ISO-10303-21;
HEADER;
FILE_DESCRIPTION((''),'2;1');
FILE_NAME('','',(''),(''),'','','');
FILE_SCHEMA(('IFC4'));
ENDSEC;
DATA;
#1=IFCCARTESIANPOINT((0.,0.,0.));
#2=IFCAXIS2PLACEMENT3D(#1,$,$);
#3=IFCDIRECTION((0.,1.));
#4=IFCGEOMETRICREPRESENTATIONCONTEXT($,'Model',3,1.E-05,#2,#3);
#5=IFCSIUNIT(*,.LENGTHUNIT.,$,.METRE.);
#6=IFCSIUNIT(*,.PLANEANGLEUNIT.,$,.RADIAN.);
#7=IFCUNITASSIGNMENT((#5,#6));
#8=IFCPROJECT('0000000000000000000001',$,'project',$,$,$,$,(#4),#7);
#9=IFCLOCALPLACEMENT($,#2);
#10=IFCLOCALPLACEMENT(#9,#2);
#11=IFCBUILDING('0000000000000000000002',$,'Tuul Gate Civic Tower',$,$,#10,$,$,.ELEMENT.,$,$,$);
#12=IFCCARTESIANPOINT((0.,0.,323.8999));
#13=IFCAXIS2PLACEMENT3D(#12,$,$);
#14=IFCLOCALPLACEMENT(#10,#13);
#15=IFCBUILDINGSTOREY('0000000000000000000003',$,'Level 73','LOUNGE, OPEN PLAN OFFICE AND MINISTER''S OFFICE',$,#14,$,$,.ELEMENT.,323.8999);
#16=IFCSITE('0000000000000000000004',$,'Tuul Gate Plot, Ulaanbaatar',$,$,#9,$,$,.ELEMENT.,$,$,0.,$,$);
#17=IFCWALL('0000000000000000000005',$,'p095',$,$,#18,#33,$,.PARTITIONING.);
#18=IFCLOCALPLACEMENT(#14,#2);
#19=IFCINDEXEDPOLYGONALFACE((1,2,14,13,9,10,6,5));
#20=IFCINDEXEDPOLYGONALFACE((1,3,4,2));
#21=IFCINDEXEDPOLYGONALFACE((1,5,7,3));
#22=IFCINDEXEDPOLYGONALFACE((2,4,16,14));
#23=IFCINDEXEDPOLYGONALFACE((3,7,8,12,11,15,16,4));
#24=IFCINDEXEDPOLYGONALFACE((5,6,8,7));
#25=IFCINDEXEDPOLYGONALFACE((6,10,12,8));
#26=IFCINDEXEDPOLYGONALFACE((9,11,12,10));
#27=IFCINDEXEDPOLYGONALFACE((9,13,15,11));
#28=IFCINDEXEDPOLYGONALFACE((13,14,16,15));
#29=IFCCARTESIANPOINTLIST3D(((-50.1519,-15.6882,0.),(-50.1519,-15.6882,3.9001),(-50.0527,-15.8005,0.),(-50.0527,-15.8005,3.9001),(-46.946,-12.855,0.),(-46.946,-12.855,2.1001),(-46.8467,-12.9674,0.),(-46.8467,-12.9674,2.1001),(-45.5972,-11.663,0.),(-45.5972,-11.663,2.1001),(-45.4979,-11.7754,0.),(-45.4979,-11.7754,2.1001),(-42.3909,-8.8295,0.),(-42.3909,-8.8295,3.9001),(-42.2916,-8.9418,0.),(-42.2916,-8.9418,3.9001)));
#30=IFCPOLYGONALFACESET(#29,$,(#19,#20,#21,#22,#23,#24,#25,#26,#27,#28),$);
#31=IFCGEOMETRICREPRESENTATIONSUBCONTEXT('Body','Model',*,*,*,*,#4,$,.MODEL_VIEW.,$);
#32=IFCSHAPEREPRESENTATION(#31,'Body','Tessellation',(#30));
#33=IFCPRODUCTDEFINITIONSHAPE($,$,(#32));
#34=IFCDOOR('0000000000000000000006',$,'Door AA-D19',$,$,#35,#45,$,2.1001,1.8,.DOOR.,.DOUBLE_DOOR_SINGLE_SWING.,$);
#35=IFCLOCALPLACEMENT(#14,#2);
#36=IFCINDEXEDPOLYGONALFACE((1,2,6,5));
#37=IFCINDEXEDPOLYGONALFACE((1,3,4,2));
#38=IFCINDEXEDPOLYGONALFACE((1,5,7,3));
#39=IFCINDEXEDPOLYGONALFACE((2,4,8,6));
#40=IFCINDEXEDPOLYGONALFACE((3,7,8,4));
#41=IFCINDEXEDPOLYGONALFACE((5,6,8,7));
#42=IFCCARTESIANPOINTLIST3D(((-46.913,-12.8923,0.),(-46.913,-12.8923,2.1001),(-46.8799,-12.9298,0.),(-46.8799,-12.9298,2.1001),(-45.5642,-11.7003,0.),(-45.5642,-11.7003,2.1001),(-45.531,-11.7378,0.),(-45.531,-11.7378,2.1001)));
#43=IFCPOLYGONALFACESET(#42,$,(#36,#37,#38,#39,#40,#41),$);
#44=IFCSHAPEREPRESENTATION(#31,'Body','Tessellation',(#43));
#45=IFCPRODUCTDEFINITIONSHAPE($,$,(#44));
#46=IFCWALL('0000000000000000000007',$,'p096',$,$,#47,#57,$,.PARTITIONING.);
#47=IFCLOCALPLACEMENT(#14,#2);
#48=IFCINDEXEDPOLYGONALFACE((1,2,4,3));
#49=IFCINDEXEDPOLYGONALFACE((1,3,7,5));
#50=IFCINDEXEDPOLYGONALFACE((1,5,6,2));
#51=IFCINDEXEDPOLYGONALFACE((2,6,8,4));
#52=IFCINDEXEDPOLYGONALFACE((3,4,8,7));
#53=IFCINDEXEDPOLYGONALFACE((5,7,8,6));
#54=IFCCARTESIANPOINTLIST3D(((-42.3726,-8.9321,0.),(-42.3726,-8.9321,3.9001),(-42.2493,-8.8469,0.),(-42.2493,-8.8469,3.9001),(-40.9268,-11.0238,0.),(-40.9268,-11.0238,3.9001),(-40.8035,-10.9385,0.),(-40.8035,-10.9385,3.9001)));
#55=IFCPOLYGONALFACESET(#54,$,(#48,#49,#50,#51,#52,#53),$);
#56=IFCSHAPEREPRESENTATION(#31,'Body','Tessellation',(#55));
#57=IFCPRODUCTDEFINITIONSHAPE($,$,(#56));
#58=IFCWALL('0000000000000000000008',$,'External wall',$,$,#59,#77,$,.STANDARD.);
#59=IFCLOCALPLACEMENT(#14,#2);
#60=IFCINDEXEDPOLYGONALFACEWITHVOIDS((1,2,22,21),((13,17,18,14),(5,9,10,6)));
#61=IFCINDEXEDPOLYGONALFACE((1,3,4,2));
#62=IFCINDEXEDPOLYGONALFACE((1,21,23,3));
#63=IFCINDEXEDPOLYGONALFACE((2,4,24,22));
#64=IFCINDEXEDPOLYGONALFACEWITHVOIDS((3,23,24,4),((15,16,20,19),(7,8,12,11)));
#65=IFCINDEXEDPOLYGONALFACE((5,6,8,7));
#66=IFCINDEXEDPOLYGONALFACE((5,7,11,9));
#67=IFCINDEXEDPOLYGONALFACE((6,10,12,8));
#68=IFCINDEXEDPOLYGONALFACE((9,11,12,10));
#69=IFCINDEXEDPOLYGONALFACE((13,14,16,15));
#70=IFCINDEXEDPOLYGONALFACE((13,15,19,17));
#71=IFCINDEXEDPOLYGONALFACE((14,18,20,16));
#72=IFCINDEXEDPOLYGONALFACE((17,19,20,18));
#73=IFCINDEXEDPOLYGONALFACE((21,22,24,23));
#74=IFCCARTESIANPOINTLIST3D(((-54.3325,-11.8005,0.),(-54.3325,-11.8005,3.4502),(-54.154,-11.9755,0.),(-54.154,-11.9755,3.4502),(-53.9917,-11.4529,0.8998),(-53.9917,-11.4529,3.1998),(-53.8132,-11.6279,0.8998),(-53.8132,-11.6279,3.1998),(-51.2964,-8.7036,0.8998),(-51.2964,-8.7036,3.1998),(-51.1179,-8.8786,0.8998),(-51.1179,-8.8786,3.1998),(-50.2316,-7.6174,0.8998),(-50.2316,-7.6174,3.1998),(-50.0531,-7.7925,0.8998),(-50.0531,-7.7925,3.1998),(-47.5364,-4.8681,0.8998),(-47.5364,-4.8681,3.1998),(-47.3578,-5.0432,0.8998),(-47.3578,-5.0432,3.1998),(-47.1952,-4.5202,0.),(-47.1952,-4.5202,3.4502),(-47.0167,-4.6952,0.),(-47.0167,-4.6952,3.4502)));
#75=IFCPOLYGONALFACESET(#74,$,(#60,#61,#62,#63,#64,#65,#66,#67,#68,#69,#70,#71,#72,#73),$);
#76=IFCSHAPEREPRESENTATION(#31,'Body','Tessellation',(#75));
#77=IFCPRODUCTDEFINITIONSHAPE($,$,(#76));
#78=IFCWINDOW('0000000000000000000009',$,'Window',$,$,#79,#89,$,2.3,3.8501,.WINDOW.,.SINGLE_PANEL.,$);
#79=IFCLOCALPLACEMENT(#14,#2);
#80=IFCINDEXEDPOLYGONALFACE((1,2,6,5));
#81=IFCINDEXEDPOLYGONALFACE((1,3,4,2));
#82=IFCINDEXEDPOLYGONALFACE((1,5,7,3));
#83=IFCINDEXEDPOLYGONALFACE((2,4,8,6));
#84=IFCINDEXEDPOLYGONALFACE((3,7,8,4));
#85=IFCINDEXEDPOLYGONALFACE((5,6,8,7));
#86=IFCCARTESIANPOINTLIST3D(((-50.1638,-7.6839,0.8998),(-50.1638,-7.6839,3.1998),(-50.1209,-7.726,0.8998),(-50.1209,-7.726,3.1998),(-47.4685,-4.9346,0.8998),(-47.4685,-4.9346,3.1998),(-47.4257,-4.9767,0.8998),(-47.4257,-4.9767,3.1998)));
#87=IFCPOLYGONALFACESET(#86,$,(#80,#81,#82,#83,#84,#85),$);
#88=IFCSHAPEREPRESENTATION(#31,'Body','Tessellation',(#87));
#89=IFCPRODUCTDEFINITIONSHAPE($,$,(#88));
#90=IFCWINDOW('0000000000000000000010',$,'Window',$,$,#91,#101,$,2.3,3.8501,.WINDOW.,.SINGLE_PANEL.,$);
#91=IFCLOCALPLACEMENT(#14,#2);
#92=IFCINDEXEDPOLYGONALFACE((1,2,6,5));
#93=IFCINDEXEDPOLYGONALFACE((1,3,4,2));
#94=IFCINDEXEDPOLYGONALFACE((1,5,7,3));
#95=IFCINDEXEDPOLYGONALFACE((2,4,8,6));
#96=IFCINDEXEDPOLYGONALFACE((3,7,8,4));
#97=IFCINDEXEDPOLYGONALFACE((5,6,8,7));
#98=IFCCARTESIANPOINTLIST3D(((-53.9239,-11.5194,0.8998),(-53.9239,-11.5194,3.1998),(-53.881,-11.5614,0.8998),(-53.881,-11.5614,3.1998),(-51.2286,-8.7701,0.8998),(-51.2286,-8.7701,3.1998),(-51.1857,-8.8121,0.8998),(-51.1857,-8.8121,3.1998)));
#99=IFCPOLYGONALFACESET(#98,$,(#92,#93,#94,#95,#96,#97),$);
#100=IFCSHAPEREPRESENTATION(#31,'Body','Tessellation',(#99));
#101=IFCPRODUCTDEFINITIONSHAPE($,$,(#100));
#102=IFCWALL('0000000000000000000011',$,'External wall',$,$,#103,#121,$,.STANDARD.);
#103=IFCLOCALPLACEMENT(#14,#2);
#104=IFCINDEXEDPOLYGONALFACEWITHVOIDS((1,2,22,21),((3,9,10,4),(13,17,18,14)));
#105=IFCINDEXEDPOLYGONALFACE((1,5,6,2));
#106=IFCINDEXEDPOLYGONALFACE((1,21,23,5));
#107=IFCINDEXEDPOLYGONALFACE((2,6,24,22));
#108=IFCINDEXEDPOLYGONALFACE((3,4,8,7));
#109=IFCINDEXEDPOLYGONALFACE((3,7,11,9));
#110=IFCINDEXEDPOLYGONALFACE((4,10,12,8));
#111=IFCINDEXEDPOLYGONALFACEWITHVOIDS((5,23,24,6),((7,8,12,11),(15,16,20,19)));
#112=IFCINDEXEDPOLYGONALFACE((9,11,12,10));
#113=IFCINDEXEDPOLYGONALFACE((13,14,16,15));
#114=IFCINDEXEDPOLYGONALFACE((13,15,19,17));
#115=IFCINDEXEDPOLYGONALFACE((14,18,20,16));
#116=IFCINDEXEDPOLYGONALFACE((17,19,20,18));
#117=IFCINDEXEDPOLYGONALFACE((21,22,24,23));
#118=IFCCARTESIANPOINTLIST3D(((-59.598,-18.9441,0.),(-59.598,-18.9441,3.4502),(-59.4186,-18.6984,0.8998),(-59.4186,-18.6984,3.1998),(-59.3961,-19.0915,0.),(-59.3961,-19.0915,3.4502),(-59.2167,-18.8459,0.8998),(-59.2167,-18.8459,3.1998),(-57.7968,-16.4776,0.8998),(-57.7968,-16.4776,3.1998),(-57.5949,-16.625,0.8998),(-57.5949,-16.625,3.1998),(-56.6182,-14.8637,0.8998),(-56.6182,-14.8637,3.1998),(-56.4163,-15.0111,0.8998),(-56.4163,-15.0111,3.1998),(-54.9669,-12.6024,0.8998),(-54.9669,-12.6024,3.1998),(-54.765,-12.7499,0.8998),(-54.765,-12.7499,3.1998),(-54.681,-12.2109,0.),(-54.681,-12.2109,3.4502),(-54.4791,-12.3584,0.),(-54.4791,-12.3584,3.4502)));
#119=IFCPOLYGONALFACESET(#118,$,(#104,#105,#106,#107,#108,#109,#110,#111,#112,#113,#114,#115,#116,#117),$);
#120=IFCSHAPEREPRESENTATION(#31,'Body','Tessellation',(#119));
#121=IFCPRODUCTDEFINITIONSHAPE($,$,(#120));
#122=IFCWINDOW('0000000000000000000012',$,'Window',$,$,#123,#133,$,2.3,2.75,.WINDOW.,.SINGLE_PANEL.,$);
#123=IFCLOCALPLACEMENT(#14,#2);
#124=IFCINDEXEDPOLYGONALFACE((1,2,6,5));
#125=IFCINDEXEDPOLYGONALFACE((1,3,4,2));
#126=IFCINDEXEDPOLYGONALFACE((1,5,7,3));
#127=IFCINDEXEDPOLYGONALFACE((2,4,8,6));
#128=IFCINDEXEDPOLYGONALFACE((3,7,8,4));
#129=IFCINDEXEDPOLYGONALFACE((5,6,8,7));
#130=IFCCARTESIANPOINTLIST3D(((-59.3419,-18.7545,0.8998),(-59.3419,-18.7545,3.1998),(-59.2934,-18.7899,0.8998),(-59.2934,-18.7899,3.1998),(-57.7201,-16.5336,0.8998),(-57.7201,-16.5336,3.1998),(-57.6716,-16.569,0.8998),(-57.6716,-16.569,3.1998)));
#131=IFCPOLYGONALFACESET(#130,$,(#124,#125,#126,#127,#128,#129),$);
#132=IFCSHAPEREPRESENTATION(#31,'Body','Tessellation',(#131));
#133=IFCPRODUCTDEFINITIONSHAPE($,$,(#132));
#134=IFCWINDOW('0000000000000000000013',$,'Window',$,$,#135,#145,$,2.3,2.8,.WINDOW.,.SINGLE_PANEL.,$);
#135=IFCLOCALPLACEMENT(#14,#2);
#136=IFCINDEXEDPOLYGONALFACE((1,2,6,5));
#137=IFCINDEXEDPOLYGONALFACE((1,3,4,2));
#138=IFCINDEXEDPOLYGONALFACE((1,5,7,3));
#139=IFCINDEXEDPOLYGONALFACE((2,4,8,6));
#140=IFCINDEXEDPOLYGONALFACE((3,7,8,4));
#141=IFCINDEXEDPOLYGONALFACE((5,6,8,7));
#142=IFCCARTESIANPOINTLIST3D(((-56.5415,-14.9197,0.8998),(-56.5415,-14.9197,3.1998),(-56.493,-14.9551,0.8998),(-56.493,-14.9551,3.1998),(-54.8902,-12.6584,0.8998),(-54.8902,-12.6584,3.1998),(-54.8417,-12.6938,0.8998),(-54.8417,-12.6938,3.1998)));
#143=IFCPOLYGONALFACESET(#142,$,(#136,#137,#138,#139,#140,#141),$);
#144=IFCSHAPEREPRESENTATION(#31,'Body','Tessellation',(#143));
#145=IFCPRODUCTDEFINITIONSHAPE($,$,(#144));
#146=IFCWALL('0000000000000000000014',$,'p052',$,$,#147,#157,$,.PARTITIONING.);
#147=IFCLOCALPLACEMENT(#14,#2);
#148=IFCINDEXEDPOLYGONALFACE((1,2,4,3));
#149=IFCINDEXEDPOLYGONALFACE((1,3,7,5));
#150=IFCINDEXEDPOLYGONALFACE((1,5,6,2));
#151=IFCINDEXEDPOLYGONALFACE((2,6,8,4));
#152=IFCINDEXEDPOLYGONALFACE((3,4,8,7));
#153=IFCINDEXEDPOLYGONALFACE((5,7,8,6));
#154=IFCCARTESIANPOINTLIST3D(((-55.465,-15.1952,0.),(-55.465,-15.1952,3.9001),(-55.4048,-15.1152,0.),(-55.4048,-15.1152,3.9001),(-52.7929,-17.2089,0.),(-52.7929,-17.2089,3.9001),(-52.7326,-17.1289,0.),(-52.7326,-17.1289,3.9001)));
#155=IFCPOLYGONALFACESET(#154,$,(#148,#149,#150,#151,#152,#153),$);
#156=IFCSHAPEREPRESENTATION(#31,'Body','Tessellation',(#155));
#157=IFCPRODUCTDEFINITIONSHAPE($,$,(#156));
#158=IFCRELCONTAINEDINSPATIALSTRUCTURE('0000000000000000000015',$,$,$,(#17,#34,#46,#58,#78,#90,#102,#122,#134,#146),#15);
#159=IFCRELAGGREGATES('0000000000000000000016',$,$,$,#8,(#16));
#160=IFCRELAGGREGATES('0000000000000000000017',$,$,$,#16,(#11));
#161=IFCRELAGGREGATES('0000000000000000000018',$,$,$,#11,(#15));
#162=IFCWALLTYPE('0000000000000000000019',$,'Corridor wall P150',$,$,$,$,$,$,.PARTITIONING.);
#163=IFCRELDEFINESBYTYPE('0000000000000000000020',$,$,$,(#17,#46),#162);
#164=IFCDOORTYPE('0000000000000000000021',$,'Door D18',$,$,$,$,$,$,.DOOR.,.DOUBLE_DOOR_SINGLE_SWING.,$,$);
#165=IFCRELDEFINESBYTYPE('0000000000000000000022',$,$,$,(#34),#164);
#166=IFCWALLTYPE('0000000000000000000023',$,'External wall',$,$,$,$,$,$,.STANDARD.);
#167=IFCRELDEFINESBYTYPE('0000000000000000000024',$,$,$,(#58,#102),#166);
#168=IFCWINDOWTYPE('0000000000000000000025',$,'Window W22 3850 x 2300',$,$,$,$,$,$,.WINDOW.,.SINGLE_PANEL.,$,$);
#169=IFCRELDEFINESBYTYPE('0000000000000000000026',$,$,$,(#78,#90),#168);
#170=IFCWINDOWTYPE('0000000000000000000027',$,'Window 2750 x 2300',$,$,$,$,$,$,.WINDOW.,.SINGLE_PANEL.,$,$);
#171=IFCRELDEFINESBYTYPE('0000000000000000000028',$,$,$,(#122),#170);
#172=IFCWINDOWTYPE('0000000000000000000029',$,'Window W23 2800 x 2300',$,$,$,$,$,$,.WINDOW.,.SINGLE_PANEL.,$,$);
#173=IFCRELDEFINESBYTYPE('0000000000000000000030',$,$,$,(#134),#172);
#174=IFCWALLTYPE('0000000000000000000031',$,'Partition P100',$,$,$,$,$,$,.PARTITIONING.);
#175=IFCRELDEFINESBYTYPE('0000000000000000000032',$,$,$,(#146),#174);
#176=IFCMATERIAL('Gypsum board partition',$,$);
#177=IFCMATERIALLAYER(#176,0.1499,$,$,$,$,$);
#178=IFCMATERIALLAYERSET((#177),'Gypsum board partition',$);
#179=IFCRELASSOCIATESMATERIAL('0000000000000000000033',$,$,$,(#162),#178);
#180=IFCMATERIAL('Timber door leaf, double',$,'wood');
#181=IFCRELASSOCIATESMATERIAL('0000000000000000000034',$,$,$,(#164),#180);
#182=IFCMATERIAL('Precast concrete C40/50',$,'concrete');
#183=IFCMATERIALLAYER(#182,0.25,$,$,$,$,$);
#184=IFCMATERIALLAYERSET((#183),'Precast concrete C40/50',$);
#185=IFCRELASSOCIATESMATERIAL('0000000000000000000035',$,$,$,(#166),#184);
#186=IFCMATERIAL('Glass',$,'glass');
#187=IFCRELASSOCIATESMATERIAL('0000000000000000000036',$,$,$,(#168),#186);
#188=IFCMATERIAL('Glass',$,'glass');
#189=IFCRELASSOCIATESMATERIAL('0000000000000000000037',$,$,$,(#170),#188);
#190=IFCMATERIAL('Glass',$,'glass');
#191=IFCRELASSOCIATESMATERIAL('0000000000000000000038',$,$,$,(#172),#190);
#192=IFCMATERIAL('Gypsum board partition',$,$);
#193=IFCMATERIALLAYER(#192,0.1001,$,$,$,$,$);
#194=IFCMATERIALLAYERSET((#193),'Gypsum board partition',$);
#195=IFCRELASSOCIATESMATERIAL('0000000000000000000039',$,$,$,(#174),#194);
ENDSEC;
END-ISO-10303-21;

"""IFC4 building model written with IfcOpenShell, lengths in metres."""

from ifc_helpers import new_model, si_unit, direction, frame, frame_2d, origin, place, context, subcontext, project, spatial, rectangle, extrude, material, layer, layer_set, type_object, element, fill, save


model = new_model("IFC4")

# Units and contexts
model_context = context("Model", 3, precision=1e-05, world=origin(), true_north=direction((0.0, 1.0)))
body_context = subcontext(model_context, "Body", "Model", "MODEL_VIEW")
ifc_project = project(units=[si_unit("LENGTHUNIT", "METRE"), si_unit("PLANEANGLEUNIT", "RADIAN")], contexts=[model_context])

# Site, building, storey
site_placement = place(None, origin())
site = spatial("IfcSite", under=ifc_project, at=site_placement, Name="Tuul Gate Plot, Ulaanbaatar", CompositionType="ELEMENT", RefElevation=0.0)
building_placement = place(site_placement, origin())
building = spatial("IfcBuilding", under=site, at=building_placement, Name="Tuul Gate Civic Tower", CompositionType="ELEMENT")
storey_placement = place(building_placement, frame((0.0, 0.0, 323.8999)))
storey = spatial("IfcBuildingStorey", under=building, at=storey_placement, Name="Level 73", Description="LOUNGE, OPEN PLAN OFFICE AND MINISTER'S OFFICE", CompositionType="ELEMENT", Elevation=323.8999)

# Shared definitions
ifc_material_1 = material(Name="Gypsum board partition")
ifc_layer_1 = layer(ifc_material_1, 0.1499)
ifc_layer_set_1 = layer_set([ifc_layer_1], Name="Gypsum board partition")
wall_type_1 = type_object("IfcWallType", Name="Corridor wall P150", PredefinedType="PARTITIONING", material=ifc_layer_set_1)

# Wall, opening, door
wall_1_placement = place(storey_placement, frame((-50.1023, -15.7444, 0.0), z_axis=(0.0, 0.0, 1.0), x_axis=(0.749324, 0.662203, 0.0)))
wall_1 = element("IfcWall", 1, at=wall_1_placement, inside=storey, type_object=wall_type_1, Name="p095", PredefinedType="PARTITIONING", context=body_context, shape_type="SweptSolid", body=[
    extrude(rectangle(XDim=10.3574, YDim=0.1499, at=frame_2d((5.1787, 0.0))), origin(), (0.0, 0.0, 1.0), 3.9001),
])
opening_1_placement = place(wall_1_placement, frame((4.2786, 0.0, 0.0)))
opening_1 = element("IfcOpeningElement", 2, at=opening_1_placement, cuts=wall_1, PredefinedType="OPENING", context=body_context, shape_type="SweptSolid", body=[
    extrude(rectangle(XDim=1.8, YDim=2.1001, at=frame_2d((0.8999, 1.05))), frame((0.0, 0.085, 0.0), z_axis=(0.0, -1.0, 0.0), x_axis=(1.0, 0.0, 0.0)), (0.0, 0.0, 1.0), 0.1699),
])
ifc_material_2 = material(Name="Timber door leaf, double", Category="wood")
door_type_1 = type_object("IfcDoorType", Name="Door D18", OperationType="DOUBLE_DOOR_SINGLE_SWING", PredefinedType="DOOR", material=ifc_material_2)
door_1_placement = place(opening_1_placement, frame((1.8, 0.0, 0.0), z_axis=(0.0, 0.0, 1.0), x_axis=(-1.0, 0.0, 0.0)))
door_1 = element("IfcDoor", 3, at=door_1_placement, inside=storey, type_object=door_type_1, Name="Door AA-D19", OperationType="DOUBLE_DOOR_SINGLE_SWING", OverallHeight=2.1001, OverallWidth=1.8, PredefinedType="DOOR", context=body_context, shape_type="SweptSolid", body=[
    extrude(rectangle(XDim=1.8, YDim=2.1001, at=frame_2d((0.9001, 1.05))), frame((0.0, 0.0249, 0.0), z_axis=(0.0, -1.0, 0.0), x_axis=(1.0, 0.0, 0.0)), (0.0, 0.0, 1.0), 0.05),
])
fill(opening_1, door_1)

# Wall
wall_2_placement = place(storey_placement, frame((-42.311, -8.8894, 0.0), z_axis=(0.0, 0.0, 1.0), x_axis=(0.568626, -0.822596, 0.0)))
element("IfcWall", 4, at=wall_2_placement, inside=storey, type_object=wall_type_1, Name="p096", PredefinedType="PARTITIONING", context=body_context, shape_type="SweptSolid", body=[
    extrude(rectangle(XDim=2.5427, YDim=0.1499, at=frame_2d((1.2715, 0.0))), origin(), (0.0, 0.0, 1.0), 3.9001),
])

# Walls, openings, windows
ifc_material_3 = material(Name="Precast concrete C40/50", Category="concrete")
ifc_layer_2 = layer(ifc_material_3, 0.25)
ifc_layer_set_2 = layer_set([ifc_layer_2], Name="Precast concrete C40/50")
wall_type_2 = type_object("IfcWallType", Name="External wall", PredefinedType="STANDARD", material=ifc_layer_set_2)
wall_3_placement = place(storey_placement, frame((-47.106, -4.6077, 0.0), z_axis=(0.0, 0.0, 1.0), x_axis=(-0.700056, -0.714088, 0.0)))
wall_3 = element("IfcWall", 5, at=wall_3_placement, inside=storey, type_object=wall_type_2, Name="External wall", PredefinedType="STANDARD", context=body_context, shape_type="SweptSolid", body=[
    extrude(rectangle(XDim=10.1953, YDim=0.25, at=frame_2d((5.0977, 0.0))), origin(), (0.0, 0.0, 1.0), 3.4502),
])
opening_2_placement = place(wall_3_placement, frame((0.4873, 0.0, 0.8999)))
opening_2 = element("IfcOpeningElement", 6, at=opening_2_placement, cuts=wall_3, PredefinedType="OPENING", context=body_context, shape_type="SweptSolid", body=[
    extrude(rectangle(XDim=3.8501, YDim=2.3, at=frame_2d((1.925, 1.1499))), frame((0.0, 0.135, 0.0), z_axis=(0.0, -1.0, 0.0), x_axis=(1.0, 0.0, 0.0)), (0.0, 0.0, 1.0), 0.27),
])
opening_3_placement = place(wall_3_placement, frame((5.8584, 0.0, 0.8999)))
opening_3 = element("IfcOpeningElement", 7, at=opening_3_placement, cuts=wall_3, PredefinedType="OPENING", context=body_context, shape_type="SweptSolid", body=[
    extrude(rectangle(XDim=3.8501, YDim=2.3, at=frame_2d((1.925, 1.1499))), frame((0.0, 0.135, 0.0), z_axis=(0.0, -1.0, 0.0), x_axis=(1.0, 0.0, 0.0)), (0.0, 0.0, 1.0), 0.27),
])
ifc_material_4 = material(Name="Glass", Category="glass")
window_type_1 = type_object("IfcWindowType", Name="Window W22 3850 x 2300", PartitioningType="SINGLE_PANEL", PredefinedType="WINDOW", material=ifc_material_4)
window_1_placement = place(opening_2_placement, origin())
window_1 = element("IfcWindow", 8, at=window_1_placement, inside=storey, type_object=window_type_1, Name="Window", OverallHeight=2.3, OverallWidth=3.8501, PartitioningType="SINGLE_PANEL", PredefinedType="WINDOW", context=body_context, shape_type="SweptSolid", body=[
    extrude(rectangle(XDim=3.8501, YDim=2.3, at=frame_2d((1.925, 1.1499))), frame((0.0, 0.03, 0.0), z_axis=(0.0, -1.0, 0.0), x_axis=(1.0, 0.0, 0.0)), (0.0, 0.0, 1.0), 0.0601),
])
fill(opening_2, window_1)
window_2_placement = place(opening_3_placement, origin())
window_2 = element("IfcWindow", 9, at=window_2_placement, inside=storey, type_object=window_type_1, Name="Window", OverallHeight=2.3, OverallWidth=3.8501, PartitioningType="SINGLE_PANEL", PredefinedType="WINDOW", context=body_context, shape_type="SweptSolid", body=[
    extrude(rectangle(XDim=3.8501, YDim=2.3, at=frame_2d((1.925, 1.1499))), frame((0.0, 0.03, 0.0), z_axis=(0.0, -1.0, 0.0), x_axis=(1.0, 0.0, 0.0)), (0.0, 0.0, 1.0), 0.0601),
])
fill(opening_3, window_2)
wall_4_placement = place(storey_placement, frame((-54.5801, -12.2847, 0.0), z_axis=(0.0, 0.0, 1.0), x_axis=(-0.589752, -0.807585, 0.0)))
wall_4 = element("IfcWall", 10, at=wall_4_placement, inside=storey, type_object=wall_type_2, Name="External wall", PredefinedType="STANDARD", context=body_context, shape_type="SweptSolid", body=[
    extrude(rectangle(XDim=8.3374, YDim=0.25, at=frame_2d((4.1687, 0.0))), origin(), (0.0, 0.0, 1.0), 3.4502),
])
opening_4_placement = place(wall_4_placement, frame((0.4849, 0.0, 0.8999)))
opening_4 = element("IfcOpeningElement", 11, at=opening_4_placement, cuts=wall_4, PredefinedType="OPENING", context=body_context, shape_type="SweptSolid", body=[
    extrude(rectangle(XDim=2.8, YDim=2.3, at=frame_2d((1.3999, 1.1499))), frame((0.0, 0.135, 0.0), z_axis=(0.0, -1.0, 0.0), x_axis=(1.0, 0.0, 0.0)), (0.0, 0.0, 1.0), 0.27),
])
opening_5_placement = place(wall_4_placement, frame((5.2832, 0.0, 0.8999)))
opening_5 = element("IfcOpeningElement", 12, at=opening_5_placement, cuts=wall_4, PredefinedType="OPENING", context=body_context, shape_type="SweptSolid", body=[
    extrude(rectangle(XDim=2.75, YDim=2.3, at=frame_2d((1.375, 1.1499))), frame((0.0, 0.135, 0.0), z_axis=(0.0, -1.0, 0.0), x_axis=(1.0, 0.0, 0.0)), (0.0, 0.0, 1.0), 0.27),
])
ifc_material_5 = material(Name="Glass", Category="glass")
window_type_2 = type_object("IfcWindowType", Name="Window 2750 x 2300", PartitioningType="SINGLE_PANEL", PredefinedType="WINDOW", material=ifc_material_5)
window_3_placement = place(opening_5_placement, origin())
window_3 = element("IfcWindow", 13, at=window_3_placement, inside=storey, type_object=window_type_2, Name="Window", OverallHeight=2.3, OverallWidth=2.75, PartitioningType="SINGLE_PANEL", PredefinedType="WINDOW", context=body_context, shape_type="SweptSolid", body=[
    extrude(rectangle(XDim=2.75, YDim=2.3, at=frame_2d((1.375, 1.1499))), frame((0.0, 0.03, 0.0), z_axis=(0.0, -1.0, 0.0), x_axis=(1.0, 0.0, 0.0)), (0.0, 0.0, 1.0), 0.0601),
])
fill(opening_5, window_3)
ifc_material_6 = material(Name="Glass", Category="glass")
window_type_3 = type_object("IfcWindowType", Name="Window W23 2800 x 2300", PartitioningType="SINGLE_PANEL", PredefinedType="WINDOW", material=ifc_material_6)
window_4_placement = place(opening_4_placement, origin())
window_4 = element("IfcWindow", 14, at=window_4_placement, inside=storey, type_object=window_type_3, Name="Window", OverallHeight=2.3, OverallWidth=2.8, PartitioningType="SINGLE_PANEL", PredefinedType="WINDOW", context=body_context, shape_type="SweptSolid", body=[
    extrude(rectangle(XDim=2.8, YDim=2.3, at=frame_2d((1.3999, 1.1499))), frame((0.0, 0.03, 0.0), z_axis=(0.0, -1.0, 0.0), x_axis=(1.0, 0.0, 0.0)), (0.0, 0.0, 1.0), 0.0601),
])
fill(opening_4, window_4)

# Wall
ifc_material_7 = material(Name="Gypsum board partition")
ifc_layer_3 = layer(ifc_material_7, 0.1001)
ifc_layer_set_3 = layer_set([ifc_layer_3], Name="Gypsum board partition")
wall_type_3 = type_object("IfcWallType", Name="Partition P100", PredefinedType="PARTITIONING", material=ifc_layer_set_3)
wall_5_placement = place(storey_placement, frame((-55.4348, -15.1553, 0.0), z_axis=(0.0, 0.0, 1.0), x_axis=(0.798623, -0.601831, 0.0)))
element("IfcWall", 15, at=wall_5_placement, inside=storey, type_object=wall_type_3, Name="p052", PredefinedType="PARTITIONING", context=body_context, shape_type="SweptSolid", body=[
    extrude(rectangle(XDim=3.3459, YDim=0.1001, at=frame_2d((1.6729, 0.0))), origin(), (0.0, 0.0, 1.0), 3.9001),
])

save(model, "model.ifc")
